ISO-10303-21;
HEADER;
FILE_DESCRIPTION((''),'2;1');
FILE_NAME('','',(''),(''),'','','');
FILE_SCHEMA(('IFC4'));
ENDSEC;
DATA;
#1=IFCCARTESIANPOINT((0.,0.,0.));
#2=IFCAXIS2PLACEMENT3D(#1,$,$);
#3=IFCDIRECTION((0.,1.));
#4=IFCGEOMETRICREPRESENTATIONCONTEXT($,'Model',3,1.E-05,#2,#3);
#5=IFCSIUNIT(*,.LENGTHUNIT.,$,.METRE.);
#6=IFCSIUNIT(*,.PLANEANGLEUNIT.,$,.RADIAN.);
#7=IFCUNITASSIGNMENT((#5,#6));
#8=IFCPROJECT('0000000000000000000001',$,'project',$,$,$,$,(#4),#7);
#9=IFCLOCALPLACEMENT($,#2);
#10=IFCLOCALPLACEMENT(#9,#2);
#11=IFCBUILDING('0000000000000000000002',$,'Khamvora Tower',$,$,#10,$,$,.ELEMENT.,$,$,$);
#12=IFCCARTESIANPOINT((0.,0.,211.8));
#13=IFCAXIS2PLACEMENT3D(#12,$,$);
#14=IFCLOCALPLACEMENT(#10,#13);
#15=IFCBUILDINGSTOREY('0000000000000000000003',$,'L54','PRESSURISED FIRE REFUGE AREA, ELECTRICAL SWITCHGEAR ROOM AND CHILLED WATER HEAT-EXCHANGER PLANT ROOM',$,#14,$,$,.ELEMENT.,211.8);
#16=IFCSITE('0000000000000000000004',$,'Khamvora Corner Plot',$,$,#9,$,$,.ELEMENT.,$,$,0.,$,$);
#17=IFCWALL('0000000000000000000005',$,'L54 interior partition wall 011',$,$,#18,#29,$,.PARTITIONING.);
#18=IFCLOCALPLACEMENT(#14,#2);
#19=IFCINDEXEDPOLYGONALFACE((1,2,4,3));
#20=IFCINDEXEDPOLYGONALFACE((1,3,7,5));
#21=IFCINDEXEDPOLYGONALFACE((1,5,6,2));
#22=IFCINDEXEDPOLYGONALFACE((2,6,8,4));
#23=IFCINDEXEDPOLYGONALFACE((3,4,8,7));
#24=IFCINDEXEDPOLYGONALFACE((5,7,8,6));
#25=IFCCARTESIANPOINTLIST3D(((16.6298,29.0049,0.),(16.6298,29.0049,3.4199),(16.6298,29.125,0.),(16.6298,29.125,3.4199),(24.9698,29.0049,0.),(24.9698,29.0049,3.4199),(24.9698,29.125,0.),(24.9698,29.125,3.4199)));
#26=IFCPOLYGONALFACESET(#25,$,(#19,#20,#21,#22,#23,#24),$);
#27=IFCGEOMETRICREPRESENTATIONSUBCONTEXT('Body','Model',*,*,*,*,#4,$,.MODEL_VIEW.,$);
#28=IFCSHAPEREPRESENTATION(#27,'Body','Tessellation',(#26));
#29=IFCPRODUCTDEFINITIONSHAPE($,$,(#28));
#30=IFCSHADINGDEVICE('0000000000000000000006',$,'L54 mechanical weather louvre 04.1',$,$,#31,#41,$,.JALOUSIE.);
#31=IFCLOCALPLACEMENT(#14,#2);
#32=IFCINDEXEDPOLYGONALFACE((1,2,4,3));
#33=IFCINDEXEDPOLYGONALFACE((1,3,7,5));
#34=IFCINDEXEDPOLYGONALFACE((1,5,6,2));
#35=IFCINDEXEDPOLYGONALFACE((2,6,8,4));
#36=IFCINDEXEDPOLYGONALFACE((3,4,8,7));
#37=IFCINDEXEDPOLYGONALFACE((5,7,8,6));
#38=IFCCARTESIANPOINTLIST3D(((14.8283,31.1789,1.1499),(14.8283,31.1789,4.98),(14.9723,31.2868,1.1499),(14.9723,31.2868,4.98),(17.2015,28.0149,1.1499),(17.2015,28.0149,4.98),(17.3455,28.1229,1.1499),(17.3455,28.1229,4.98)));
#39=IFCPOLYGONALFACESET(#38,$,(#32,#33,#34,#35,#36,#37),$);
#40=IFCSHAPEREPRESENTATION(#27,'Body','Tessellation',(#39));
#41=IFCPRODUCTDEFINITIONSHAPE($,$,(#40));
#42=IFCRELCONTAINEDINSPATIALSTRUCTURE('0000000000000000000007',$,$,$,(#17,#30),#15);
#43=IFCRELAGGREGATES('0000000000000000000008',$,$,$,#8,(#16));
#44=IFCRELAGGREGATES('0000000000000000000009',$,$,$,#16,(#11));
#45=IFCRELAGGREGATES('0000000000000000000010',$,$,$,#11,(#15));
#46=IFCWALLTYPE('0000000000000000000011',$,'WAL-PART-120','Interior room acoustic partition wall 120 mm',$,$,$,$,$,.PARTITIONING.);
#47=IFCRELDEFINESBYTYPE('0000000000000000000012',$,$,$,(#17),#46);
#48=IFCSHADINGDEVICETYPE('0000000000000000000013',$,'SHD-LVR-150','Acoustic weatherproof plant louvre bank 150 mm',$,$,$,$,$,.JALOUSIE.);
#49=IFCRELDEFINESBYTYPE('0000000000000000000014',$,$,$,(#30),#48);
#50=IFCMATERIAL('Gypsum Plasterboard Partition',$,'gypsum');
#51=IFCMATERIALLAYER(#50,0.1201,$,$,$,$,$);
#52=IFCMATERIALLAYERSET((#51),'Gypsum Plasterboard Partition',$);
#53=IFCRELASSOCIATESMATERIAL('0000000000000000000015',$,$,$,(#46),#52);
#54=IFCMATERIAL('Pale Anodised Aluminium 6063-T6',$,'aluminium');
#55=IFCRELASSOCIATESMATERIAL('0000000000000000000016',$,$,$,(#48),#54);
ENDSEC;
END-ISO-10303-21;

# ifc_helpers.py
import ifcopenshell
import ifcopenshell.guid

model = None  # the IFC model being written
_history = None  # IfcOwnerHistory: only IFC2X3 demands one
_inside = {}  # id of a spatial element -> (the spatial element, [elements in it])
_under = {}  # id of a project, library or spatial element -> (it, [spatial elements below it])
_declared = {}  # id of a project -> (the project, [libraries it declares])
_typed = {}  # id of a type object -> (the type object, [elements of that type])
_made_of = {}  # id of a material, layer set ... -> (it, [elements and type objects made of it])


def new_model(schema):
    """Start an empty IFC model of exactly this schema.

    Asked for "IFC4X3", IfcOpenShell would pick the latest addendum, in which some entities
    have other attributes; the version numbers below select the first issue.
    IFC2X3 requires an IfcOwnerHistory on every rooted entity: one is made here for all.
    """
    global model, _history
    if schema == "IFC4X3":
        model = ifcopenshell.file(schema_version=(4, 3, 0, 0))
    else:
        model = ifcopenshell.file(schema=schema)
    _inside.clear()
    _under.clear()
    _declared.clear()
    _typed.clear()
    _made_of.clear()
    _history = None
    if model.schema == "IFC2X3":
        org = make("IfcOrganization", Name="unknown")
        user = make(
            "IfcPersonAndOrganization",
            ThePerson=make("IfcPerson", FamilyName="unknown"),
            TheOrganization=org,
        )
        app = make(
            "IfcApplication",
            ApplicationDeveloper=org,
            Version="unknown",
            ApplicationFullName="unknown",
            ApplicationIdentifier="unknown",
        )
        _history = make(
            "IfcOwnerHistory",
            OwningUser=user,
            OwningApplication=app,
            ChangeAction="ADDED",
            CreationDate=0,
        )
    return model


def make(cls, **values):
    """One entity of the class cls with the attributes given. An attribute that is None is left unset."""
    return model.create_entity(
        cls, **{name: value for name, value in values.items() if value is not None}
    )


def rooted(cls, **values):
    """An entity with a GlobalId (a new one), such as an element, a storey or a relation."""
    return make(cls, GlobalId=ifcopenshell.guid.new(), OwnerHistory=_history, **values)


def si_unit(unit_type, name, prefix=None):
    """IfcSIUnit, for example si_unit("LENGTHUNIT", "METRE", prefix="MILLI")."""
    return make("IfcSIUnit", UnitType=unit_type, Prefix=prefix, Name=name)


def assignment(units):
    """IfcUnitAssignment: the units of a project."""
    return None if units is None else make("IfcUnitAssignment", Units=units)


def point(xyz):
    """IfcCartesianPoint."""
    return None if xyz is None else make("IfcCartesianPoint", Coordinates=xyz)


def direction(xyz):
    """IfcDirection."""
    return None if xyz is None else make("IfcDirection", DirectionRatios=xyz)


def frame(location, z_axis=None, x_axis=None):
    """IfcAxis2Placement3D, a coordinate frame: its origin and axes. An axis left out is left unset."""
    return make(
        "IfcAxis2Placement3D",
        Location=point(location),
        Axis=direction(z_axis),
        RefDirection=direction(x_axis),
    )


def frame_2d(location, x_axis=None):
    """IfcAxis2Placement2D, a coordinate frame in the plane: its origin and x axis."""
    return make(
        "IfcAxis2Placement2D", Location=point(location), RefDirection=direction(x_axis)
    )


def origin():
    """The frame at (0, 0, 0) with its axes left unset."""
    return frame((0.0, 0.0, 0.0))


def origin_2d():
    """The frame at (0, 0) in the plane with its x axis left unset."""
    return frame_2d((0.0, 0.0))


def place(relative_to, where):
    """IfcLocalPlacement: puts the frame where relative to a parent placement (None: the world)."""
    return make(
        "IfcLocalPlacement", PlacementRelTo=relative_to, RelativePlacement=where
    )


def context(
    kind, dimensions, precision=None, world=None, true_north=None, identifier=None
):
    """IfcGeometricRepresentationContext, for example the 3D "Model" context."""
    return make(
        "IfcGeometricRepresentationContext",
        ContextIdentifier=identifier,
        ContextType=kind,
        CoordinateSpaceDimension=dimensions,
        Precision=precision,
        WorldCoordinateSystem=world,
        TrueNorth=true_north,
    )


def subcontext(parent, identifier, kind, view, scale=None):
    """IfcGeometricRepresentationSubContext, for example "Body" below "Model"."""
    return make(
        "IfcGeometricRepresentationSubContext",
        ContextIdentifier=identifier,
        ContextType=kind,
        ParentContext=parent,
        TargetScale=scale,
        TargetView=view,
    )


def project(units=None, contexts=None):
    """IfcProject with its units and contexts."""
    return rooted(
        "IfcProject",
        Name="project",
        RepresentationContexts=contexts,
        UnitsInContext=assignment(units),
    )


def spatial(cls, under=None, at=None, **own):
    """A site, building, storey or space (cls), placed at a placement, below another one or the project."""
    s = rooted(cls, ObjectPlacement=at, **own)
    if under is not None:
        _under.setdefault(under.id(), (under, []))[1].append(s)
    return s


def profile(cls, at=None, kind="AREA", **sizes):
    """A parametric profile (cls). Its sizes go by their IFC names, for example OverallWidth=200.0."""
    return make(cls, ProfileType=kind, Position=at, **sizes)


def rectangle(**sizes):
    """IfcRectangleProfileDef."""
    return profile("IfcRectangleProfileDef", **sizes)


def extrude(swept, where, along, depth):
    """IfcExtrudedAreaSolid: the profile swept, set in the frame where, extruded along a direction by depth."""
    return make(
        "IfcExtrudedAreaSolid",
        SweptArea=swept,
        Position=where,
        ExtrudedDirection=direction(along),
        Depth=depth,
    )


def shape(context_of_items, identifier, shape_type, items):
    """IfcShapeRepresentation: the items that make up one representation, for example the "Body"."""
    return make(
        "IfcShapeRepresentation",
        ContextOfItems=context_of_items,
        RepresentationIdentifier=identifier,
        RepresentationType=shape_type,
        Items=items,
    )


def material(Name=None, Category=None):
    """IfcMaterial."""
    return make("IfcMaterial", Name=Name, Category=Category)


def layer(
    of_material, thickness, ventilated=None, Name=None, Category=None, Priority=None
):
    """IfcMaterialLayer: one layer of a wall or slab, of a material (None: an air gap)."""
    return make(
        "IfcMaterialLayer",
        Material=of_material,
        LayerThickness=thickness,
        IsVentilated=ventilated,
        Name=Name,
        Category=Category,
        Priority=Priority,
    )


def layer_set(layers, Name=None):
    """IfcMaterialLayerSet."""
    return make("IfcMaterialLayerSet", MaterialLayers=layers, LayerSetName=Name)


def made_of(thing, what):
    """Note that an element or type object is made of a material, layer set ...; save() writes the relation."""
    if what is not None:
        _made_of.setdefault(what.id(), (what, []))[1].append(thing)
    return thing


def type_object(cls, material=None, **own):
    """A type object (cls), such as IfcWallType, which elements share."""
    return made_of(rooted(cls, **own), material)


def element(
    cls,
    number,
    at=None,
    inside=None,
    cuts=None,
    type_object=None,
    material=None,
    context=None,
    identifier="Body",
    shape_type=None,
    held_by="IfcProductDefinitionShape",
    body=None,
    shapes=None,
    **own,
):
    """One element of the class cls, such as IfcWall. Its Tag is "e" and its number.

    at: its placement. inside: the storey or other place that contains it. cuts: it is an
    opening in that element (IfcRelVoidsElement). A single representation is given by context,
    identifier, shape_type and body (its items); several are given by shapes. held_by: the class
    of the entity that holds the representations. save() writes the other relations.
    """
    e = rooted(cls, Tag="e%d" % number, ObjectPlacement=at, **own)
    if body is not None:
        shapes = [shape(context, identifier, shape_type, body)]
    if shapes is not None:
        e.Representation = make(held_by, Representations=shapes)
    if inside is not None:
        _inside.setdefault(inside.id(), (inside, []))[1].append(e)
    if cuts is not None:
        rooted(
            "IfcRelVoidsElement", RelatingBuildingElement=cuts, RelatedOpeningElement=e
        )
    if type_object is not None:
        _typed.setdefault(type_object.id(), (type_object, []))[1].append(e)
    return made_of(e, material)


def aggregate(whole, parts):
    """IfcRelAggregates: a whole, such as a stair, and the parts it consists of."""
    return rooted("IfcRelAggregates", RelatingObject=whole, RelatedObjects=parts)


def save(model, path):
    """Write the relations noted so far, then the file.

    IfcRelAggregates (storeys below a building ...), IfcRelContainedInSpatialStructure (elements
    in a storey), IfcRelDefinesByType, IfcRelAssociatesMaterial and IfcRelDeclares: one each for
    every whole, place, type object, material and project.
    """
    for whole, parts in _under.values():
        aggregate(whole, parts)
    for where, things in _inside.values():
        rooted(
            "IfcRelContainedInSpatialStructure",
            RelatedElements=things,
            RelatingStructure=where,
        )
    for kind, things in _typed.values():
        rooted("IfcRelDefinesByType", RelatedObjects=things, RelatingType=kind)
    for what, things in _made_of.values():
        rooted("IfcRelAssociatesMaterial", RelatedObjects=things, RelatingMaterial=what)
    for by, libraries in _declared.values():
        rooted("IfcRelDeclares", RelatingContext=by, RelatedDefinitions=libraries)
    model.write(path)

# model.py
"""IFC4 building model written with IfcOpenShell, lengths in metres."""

from ifc_helpers import new_model, si_unit, direction, frame, frame_2d, origin, origin_2d, place, context, subcontext, project, spatial, rectangle, extrude, material, layer, layer_set, type_object, element, save


model = new_model("IFC4")

# Units and contexts
model_context = context("Model", 3, precision=1e-05, world=origin(), true_north=direction((0.0, 1.0)))
body_context = subcontext(model_context, "Body", "Model", "MODEL_VIEW")
ifc_project = project(units=[si_unit("LENGTHUNIT", "METRE"), si_unit("PLANEANGLEUNIT", "RADIAN")], contexts=[model_context])

# Site, building, storey
site_placement = place(None, origin())
site = spatial("IfcSite", under=ifc_project, at=site_placement, Name="Khamvora Corner Plot", CompositionType="ELEMENT", RefElevation=0.0)
building_placement = place(site_placement, origin())
building = spatial("IfcBuilding", under=site, at=building_placement, Name="Khamvora Tower", CompositionType="ELEMENT")
storey_placement = place(building_placement, frame((0.0, 0.0, 211.8)))
storey = spatial("IfcBuildingStorey", under=building, at=storey_placement, Name="L54", Description="PRESSURISED FIRE REFUGE AREA, ELECTRICAL SWITCHGEAR ROOM AND CHILLED WATER HEAT-EXCHANGER PLANT ROOM", CompositionType="ELEMENT", Elevation=211.8)

# Wall
ifc_material_1 = material(Name="Gypsum Plasterboard Partition", Category="gypsum")
ifc_layer_1 = layer(ifc_material_1, 0.1201)
ifc_layer_set_1 = layer_set([ifc_layer_1], Name="Gypsum Plasterboard Partition")
wall_type_1 = type_object("IfcWallType", Name="WAL-PART-120", Description="Interior room acoustic partition wall 120 mm", PredefinedType="PARTITIONING", material=ifc_layer_set_1)
wall_1_placement = place(storey_placement, frame((16.6299, 29.0649, 0.0), z_axis=(0.0, 0.0, 1.0), x_axis=(1.0, 0.0, 0.0)))
element("IfcWall", 1, at=wall_1_placement, inside=storey, type_object=wall_type_1, Name="L54 interior partition wall 011", PredefinedType="PARTITIONING", context=body_context, shape_type="SweptSolid", body=[
    extrude(rectangle(XDim=8.3401, YDim=0.1201, at=frame_2d((4.1699, 0.0))), origin(), (0.0, 0.0, 1.0), 3.4199),
])

# Shading device
ifc_material_2 = material(Name="Pale Anodised Aluminium 6063-T6", Category="aluminium")
shading_device_type = type_object("IfcShadingDeviceType", Name="SHD-LVR-150", Description="Acoustic weatherproof plant louvre bank 150 mm", PredefinedType="JALOUSIE", material=ifc_material_2)
shading_device_placement = place(storey_placement, frame((16.0869, 29.6509, 1.1499), z_axis=(0.0, 0.0, 1.0), x_axis=(-0.60004, 0.79997, 0.0)))
element("IfcShadingDevice", 2, at=shading_device_placement, inside=storey, type_object=shading_device_type, Name="L54 mechanical weather louvre 04.1", PredefinedType="JALOUSIE", context=body_context, shape_type="SweptSolid", body=[
    extrude(rectangle(XDim=3.9551, YDim=0.1799, at=origin_2d()), origin(), (0.0, 0.0, 1.0), 3.8301),
])

save(model, "model.ifc")
